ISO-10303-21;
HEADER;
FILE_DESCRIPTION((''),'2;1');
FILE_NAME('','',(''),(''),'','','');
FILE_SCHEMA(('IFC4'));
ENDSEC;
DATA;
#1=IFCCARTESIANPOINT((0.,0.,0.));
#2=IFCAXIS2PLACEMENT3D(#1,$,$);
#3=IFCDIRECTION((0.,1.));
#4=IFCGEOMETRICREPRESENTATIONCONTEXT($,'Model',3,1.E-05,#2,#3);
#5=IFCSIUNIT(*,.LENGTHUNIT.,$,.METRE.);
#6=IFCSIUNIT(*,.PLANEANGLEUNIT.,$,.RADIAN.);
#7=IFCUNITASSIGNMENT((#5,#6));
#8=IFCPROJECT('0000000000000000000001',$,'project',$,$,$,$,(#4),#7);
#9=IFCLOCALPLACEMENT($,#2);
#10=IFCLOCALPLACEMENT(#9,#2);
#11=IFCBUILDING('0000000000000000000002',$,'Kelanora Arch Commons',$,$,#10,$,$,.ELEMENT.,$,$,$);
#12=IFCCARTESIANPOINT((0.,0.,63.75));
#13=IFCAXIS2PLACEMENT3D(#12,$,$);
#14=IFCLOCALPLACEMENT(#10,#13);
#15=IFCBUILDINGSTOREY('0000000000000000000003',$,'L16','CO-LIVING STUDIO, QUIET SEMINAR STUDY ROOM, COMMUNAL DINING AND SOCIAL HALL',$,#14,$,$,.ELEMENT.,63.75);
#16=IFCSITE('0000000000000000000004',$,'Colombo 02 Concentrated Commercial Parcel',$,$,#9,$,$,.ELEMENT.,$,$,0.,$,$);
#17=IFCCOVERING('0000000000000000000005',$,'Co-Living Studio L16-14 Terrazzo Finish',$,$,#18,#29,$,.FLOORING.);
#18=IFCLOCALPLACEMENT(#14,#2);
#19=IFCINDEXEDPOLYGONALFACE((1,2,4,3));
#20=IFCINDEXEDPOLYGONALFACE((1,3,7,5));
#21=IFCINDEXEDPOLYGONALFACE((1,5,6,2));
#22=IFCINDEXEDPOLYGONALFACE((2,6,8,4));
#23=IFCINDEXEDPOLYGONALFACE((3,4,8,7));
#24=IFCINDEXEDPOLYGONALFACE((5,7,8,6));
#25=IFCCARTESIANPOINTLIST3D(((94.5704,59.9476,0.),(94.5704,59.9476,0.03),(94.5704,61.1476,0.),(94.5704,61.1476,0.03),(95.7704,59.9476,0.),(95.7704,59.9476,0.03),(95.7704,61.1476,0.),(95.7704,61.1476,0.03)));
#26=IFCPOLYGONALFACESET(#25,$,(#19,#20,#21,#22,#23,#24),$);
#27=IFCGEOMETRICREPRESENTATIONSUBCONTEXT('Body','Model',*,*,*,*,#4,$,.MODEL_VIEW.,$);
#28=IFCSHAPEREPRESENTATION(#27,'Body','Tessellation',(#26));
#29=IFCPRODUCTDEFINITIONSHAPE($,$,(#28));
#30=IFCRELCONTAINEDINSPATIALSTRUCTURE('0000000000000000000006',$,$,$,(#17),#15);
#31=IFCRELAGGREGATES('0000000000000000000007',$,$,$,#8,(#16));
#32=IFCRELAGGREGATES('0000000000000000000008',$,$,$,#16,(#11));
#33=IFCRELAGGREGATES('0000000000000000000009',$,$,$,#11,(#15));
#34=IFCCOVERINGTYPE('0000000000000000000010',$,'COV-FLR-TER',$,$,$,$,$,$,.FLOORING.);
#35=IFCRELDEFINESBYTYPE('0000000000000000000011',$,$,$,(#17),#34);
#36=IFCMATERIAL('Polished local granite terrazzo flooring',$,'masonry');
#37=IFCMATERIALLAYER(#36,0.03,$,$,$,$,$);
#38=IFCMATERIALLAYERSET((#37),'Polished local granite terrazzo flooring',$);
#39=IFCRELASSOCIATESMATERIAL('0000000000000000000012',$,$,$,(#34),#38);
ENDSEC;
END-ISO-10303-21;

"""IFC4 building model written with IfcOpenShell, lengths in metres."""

from ifc_helpers import new_model, si_unit, direction, frame, origin, origin_2d, place, context, subcontext, project, spatial, rectangle, extrude, source, transform, mapped, material, layer, layer_set, type_object, element, save


model = new_model("IFC4")

# Units and contexts
model_context = context("Model", 3, precision=1e-05, world=origin(), true_north=direction((0.0, 1.0)))
body_context = subcontext(model_context, "Body", "Model", "MODEL_VIEW")
ifc_project = project(units=[si_unit("LENGTHUNIT", "METRE"), si_unit("PLANEANGLEUNIT", "RADIAN")], contexts=[model_context])

# Site, building, storey
site_placement = place(None, origin())
site = spatial("IfcSite", under=ifc_project, at=site_placement, Name="Colombo 02 Concentrated Commercial Parcel", CompositionType="ELEMENT", RefElevation=0.0)
building_placement = place(site_placement, origin())
building = spatial("IfcBuilding", under=site, at=building_placement, Name="Kelanora Arch Commons", CompositionType="ELEMENT")
storey_placement = place(building_placement, frame((0.0, 0.0, 63.75)))
storey = spatial("IfcBuildingStorey", under=building, at=storey_placement, Name="L16", Description="CO-LIVING STUDIO, QUIET SEMINAR STUDY ROOM, COMMUNAL DINING AND SOCIAL HALL", CompositionType="ELEMENT", Elevation=63.75)

# Covering
ifc_material_1 = material(Name="Polished local granite terrazzo flooring", Category="masonry")
ifc_layer_1 = layer(ifc_material_1, 0.03)
ifc_layer_set_1 = layer_set([ifc_layer_1], Name="Polished local granite terrazzo flooring")
covering_type = type_object("IfcCoveringType", Name="COV-FLR-TER", PredefinedType="FLOORING", material=ifc_layer_set_1)
shared_shape_1 = source(origin(), body_context, "Body", "SweptSolid", [
    extrude(rectangle(XDim=1.2, YDim=1.2, at=origin_2d()), origin(), (0.0, 0.0, 1.0), 0.03),
])
covering_placement = place(storey_placement, frame((95.1704, 60.5476, 0.0), z_axis=(0.0, 0.0, 1.0), x_axis=(1.0, 0.0, 0.0)))
element("IfcCovering", 1, at=covering_placement, inside=storey, type_object=covering_type, Name="Co-Living Studio L16-14 Terrazzo Finish", PredefinedType="FLOORING", context=body_context, shape_type="MappedRepresentation", body=[
    mapped(shared_shape_1, transform((0.0, 0.0, 0.0), scale=1.0)),
])

save(model, "model.ifc")
